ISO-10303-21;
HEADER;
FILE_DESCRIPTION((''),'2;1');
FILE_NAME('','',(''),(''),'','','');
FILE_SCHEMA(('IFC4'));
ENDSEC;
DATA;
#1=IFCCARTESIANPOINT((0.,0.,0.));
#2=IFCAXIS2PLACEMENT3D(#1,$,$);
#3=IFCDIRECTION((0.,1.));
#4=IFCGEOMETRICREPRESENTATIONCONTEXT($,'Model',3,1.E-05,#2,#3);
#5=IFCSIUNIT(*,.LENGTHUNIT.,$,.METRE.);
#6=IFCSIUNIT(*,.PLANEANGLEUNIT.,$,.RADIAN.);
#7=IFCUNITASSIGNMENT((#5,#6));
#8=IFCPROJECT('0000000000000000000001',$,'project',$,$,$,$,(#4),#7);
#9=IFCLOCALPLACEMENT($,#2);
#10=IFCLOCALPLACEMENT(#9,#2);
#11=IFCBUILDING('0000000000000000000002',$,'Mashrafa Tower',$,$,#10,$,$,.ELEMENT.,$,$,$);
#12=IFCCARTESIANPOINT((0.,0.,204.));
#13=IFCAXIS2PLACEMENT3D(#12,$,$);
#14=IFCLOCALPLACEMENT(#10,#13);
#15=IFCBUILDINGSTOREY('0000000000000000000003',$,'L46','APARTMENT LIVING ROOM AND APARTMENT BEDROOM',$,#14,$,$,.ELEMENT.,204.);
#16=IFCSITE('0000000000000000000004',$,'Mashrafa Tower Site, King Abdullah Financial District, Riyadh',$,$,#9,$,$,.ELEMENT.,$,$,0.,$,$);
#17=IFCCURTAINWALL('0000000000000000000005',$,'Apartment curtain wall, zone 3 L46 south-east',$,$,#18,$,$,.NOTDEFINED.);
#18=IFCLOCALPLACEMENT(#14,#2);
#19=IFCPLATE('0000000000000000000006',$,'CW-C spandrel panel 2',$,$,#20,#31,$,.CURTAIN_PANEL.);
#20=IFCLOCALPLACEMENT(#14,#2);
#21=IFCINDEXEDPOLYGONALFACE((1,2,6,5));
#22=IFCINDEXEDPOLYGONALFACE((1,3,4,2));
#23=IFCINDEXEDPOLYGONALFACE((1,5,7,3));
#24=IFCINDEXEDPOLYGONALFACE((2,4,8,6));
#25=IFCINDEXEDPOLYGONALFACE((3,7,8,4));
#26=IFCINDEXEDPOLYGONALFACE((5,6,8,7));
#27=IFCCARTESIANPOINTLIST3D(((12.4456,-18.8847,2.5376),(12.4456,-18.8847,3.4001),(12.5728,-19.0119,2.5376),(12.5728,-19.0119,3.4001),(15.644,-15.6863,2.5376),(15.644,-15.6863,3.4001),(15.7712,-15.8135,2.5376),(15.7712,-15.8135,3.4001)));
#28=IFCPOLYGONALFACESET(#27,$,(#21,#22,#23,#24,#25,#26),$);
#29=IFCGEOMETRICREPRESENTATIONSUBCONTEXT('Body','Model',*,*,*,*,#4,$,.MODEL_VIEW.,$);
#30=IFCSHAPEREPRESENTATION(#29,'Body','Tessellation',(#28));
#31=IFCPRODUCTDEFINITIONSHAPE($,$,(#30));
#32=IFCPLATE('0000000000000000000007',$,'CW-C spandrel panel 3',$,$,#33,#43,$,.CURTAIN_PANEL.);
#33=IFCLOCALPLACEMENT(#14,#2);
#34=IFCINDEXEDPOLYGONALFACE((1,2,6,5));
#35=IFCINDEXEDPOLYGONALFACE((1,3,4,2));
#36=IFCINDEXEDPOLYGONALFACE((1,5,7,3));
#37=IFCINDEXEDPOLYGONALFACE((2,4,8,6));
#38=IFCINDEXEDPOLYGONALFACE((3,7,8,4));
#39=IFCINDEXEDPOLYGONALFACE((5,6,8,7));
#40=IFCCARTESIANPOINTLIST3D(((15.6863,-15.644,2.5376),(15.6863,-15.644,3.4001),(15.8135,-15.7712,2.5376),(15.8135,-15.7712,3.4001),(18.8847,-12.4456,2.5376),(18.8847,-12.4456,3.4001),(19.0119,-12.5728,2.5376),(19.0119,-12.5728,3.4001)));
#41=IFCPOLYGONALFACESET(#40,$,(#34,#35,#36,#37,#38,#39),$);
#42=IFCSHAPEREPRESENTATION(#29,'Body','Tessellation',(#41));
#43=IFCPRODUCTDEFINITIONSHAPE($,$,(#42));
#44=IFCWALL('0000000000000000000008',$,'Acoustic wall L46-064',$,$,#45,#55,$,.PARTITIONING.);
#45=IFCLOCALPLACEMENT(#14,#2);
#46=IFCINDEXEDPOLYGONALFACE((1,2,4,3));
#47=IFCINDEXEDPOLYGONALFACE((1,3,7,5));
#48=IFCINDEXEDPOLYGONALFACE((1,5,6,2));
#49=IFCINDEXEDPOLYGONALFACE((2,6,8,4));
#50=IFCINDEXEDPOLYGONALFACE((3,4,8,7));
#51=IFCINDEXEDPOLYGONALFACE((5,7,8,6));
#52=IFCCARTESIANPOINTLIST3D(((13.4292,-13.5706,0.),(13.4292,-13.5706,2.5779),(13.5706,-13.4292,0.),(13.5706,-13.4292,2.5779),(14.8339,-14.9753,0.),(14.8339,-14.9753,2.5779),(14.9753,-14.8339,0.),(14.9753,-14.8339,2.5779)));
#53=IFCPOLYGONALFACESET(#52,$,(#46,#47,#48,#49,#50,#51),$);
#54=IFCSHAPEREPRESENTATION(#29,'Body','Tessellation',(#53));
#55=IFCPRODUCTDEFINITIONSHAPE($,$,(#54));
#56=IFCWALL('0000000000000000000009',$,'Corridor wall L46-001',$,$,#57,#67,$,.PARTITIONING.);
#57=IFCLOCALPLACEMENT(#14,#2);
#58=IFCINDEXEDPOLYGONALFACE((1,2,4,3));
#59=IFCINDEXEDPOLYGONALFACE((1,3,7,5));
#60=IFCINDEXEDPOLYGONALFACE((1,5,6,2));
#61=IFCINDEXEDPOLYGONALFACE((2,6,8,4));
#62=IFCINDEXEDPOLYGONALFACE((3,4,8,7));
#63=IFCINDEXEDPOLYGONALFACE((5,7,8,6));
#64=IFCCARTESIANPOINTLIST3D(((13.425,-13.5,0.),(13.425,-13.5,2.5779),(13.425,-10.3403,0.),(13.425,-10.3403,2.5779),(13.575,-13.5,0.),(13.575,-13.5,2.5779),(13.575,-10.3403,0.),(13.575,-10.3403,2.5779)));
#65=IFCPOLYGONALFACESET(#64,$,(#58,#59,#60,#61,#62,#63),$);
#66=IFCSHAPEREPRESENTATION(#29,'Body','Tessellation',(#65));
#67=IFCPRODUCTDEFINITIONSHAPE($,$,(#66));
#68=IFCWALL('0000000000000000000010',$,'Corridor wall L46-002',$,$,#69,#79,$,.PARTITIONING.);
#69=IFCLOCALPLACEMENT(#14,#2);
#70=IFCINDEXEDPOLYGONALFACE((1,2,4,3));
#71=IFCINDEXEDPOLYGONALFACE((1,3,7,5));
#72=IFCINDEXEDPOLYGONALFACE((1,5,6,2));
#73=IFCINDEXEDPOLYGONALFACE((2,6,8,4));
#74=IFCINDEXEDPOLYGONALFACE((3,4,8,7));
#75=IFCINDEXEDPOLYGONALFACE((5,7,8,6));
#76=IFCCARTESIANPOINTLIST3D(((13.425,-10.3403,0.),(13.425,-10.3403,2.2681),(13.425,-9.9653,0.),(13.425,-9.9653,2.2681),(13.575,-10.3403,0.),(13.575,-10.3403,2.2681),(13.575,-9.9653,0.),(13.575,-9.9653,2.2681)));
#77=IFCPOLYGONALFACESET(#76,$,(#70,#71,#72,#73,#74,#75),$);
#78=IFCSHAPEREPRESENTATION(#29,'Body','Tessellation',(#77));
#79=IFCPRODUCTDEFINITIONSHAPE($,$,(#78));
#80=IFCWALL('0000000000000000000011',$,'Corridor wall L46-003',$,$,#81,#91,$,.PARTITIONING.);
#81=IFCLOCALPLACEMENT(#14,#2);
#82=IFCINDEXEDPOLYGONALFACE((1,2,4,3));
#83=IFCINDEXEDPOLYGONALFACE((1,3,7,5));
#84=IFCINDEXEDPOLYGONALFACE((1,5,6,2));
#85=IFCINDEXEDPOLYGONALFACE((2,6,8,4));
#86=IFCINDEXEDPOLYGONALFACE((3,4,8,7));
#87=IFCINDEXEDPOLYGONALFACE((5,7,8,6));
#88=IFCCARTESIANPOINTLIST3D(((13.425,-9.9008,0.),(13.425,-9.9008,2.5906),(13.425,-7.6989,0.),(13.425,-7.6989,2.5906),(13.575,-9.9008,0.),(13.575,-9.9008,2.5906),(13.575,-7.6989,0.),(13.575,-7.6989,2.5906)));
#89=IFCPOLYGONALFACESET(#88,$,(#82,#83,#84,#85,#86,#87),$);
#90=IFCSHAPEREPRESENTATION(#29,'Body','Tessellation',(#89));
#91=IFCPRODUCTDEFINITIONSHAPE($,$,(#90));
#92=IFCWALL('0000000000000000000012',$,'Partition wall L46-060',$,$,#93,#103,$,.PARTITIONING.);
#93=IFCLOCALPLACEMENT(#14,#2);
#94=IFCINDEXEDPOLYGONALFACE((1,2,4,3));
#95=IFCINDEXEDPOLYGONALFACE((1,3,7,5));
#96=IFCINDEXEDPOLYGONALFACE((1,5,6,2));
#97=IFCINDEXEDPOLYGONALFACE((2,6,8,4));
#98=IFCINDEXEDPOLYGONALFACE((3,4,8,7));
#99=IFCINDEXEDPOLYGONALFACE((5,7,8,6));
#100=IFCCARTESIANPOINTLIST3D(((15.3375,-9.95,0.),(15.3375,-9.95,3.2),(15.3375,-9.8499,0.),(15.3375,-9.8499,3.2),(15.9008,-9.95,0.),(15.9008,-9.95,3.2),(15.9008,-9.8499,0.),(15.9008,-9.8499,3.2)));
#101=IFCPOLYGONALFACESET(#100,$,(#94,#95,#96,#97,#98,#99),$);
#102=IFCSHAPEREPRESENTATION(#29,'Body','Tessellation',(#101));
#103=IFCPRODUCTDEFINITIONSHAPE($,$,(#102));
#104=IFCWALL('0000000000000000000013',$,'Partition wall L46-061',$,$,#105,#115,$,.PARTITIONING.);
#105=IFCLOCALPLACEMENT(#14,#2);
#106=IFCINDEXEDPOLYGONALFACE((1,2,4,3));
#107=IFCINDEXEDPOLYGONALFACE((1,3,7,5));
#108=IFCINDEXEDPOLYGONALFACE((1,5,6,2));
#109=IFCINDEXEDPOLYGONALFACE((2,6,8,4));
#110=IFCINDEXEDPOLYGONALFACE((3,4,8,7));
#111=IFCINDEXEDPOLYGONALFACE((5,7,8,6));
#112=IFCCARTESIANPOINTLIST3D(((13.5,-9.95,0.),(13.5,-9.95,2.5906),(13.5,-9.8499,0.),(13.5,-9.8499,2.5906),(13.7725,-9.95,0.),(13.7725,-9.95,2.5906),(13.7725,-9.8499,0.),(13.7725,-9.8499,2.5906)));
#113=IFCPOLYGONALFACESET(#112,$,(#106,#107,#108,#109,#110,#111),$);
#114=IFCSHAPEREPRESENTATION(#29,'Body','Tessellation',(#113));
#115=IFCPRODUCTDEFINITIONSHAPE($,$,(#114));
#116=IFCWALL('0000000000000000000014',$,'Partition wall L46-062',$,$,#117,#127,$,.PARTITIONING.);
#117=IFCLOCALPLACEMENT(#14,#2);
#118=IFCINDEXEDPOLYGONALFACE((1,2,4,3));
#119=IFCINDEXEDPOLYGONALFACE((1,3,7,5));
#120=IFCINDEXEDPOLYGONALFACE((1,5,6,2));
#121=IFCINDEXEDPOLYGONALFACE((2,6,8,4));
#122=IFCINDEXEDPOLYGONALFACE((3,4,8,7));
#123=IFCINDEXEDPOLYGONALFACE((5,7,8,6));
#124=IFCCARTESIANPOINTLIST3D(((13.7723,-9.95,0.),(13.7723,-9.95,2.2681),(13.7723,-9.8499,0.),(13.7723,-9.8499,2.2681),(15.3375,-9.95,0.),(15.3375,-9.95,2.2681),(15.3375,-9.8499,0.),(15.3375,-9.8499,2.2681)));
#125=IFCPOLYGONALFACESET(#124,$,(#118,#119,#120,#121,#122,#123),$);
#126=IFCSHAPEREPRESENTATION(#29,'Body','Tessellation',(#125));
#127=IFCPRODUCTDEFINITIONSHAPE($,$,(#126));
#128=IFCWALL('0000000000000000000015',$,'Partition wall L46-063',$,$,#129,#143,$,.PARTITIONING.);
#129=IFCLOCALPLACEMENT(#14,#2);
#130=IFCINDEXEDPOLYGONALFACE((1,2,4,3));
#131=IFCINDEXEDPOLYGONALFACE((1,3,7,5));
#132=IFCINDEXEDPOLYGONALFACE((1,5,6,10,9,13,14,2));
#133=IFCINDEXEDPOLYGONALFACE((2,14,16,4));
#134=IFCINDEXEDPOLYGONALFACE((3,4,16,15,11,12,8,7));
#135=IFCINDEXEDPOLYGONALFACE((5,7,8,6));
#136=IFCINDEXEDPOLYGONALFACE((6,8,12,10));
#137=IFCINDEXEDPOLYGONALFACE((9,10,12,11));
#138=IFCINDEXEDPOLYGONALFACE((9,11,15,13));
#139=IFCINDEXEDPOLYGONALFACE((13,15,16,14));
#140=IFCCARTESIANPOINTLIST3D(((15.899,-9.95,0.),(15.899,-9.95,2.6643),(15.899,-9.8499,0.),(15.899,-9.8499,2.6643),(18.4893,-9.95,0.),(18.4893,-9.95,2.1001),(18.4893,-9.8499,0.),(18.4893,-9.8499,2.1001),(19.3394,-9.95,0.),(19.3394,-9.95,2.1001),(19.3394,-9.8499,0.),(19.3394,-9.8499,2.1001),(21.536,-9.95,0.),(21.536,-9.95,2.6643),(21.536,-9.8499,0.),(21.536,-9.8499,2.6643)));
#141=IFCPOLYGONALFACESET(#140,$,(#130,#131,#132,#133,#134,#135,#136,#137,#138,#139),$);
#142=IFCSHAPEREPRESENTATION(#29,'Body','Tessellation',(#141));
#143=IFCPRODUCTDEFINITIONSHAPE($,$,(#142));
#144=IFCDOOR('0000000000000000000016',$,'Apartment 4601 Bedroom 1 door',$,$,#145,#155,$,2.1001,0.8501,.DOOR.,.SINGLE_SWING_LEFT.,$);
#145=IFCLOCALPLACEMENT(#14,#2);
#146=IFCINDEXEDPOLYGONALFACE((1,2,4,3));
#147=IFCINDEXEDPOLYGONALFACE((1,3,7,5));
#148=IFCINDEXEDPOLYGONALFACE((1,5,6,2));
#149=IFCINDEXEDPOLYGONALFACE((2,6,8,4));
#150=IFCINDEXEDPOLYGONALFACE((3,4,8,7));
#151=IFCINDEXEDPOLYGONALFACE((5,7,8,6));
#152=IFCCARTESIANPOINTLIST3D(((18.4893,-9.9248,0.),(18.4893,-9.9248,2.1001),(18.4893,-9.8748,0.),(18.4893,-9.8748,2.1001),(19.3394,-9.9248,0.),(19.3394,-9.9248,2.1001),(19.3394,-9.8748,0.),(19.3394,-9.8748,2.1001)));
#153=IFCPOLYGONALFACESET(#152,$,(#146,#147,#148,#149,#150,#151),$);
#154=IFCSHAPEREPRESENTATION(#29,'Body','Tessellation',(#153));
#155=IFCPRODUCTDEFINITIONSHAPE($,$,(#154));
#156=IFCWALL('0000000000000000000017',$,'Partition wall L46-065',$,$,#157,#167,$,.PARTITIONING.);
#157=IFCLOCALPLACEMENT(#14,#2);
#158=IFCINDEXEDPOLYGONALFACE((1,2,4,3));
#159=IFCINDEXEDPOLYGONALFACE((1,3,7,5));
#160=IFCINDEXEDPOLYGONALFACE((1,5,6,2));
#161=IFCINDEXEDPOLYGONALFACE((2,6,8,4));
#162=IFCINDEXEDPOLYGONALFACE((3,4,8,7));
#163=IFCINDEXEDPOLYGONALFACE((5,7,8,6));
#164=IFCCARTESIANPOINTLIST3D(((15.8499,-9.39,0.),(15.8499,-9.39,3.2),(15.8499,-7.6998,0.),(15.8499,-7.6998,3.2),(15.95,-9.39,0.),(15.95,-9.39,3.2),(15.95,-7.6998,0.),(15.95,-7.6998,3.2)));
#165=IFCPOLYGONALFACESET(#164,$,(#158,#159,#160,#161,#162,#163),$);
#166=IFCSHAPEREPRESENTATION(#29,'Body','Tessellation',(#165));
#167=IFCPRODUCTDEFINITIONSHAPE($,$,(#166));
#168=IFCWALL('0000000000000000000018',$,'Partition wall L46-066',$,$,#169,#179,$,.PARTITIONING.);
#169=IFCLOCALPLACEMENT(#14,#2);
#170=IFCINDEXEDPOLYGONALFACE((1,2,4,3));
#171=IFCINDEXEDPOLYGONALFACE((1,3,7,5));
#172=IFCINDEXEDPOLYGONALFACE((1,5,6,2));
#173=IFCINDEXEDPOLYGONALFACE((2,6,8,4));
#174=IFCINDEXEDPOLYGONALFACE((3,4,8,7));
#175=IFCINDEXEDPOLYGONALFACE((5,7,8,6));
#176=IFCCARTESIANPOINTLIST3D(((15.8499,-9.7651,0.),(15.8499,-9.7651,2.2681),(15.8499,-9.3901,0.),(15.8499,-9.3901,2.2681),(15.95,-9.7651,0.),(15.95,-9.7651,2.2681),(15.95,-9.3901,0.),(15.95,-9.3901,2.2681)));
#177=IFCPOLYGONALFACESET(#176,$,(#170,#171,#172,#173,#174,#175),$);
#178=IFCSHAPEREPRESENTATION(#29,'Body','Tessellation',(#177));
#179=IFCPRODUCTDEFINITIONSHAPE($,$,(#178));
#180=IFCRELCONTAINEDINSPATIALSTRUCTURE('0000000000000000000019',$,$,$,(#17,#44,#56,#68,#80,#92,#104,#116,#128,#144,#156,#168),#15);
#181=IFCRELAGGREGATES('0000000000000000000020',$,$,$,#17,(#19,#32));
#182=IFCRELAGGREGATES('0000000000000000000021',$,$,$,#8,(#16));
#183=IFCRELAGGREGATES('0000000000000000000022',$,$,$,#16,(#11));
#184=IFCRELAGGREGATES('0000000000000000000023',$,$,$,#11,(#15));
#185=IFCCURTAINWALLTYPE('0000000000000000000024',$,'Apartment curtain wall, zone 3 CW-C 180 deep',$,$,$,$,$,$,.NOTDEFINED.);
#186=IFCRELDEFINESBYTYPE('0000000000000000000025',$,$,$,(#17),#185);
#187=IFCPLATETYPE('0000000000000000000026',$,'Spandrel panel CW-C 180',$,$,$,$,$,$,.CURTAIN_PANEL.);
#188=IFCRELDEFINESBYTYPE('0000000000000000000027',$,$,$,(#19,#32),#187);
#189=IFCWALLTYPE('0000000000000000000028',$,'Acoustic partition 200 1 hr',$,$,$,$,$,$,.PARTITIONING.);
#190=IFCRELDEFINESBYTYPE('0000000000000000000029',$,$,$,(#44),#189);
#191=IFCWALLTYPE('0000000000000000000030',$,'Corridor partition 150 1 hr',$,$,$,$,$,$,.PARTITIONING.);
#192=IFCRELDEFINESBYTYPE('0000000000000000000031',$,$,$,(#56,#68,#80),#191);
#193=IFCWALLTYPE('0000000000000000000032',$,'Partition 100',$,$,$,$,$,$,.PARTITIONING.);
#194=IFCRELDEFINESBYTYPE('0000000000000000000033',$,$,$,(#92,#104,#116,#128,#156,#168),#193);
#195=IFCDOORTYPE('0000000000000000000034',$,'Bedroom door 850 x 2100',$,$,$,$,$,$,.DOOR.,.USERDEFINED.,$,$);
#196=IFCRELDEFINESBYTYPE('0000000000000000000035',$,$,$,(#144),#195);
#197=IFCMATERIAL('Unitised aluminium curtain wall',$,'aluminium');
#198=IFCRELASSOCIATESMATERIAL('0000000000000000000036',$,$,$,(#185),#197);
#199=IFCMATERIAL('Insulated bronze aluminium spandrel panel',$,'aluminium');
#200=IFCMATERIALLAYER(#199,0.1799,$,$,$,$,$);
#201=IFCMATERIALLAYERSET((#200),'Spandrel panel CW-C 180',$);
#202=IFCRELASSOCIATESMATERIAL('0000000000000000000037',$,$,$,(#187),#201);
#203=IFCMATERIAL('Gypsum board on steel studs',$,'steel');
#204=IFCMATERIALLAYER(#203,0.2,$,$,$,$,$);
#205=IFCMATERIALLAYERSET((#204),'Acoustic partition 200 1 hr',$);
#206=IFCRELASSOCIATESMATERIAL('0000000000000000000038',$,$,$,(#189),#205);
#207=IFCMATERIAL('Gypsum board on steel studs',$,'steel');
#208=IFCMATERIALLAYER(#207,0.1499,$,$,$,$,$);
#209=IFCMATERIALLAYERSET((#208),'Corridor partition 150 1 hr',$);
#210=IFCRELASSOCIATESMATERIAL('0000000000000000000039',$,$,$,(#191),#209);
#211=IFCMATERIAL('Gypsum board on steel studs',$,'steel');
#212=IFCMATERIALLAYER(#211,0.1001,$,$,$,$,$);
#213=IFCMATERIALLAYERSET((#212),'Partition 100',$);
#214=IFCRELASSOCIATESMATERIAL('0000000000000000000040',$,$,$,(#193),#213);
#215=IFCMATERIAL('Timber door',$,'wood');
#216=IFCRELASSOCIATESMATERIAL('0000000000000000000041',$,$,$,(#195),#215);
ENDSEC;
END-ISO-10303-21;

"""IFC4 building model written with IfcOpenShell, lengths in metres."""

from ifc_helpers import new_model, si_unit, direction, frame, frame_2d, origin, origin_2d, place, context, subcontext, project, spatial, rectangle, extrude, source, transform, mapped, material, layer, layer_set, type_object, element, fill, aggregate, save


model = new_model("IFC4")

# Units and contexts
model_context = context("Model", 3, precision=1e-05, world=origin(), true_north=direction((0.0, 1.0)))
body_context = subcontext(model_context, "Body", "Model", "MODEL_VIEW")
ifc_project = project(units=[si_unit("LENGTHUNIT", "METRE"), si_unit("PLANEANGLEUNIT", "RADIAN")], contexts=[model_context])

# Site, building, storey
site_placement = place(None, origin())
site = spatial("IfcSite", under=ifc_project, at=site_placement, Name="Mashrafa Tower Site, King Abdullah Financial District, Riyadh", CompositionType="ELEMENT", RefElevation=0.0)
building_placement = place(site_placement, origin())
building = spatial("IfcBuilding", under=site, at=building_placement, Name="Mashrafa Tower", CompositionType="ELEMENT")
storey_placement = place(building_placement, frame((0.0, 0.0, 204.0)))
storey = spatial("IfcBuildingStorey", under=building, at=storey_placement, Name="L46", Description="APARTMENT LIVING ROOM AND APARTMENT BEDROOM", CompositionType="ELEMENT", Elevation=204.0)

# Curtain wall, plates
ifc_material_1 = material(Name="Unitised aluminium curtain wall", Category="aluminium")
curtain_wall_type = type_object("IfcCurtainWallType", Name="Apartment curtain wall, zone 3 CW-C 180 deep", PredefinedType="NOTDEFINED", material=ifc_material_1)
curtain_wall_placement = place(storey_placement, origin())
curtain_wall = element("IfcCurtainWall", 1, at=curtain_wall_placement, inside=storey, type_object=curtain_wall_type, Name="Apartment curtain wall, zone 3 L46 south-east", PredefinedType="NOTDEFINED")
ifc_material_2 = material(Name="Insulated bronze aluminium spandrel panel", Category="aluminium")
ifc_layer_1 = layer(ifc_material_2, 0.1799)
ifc_layer_set_1 = layer_set([ifc_layer_1], Name="Spandrel panel CW-C 180")
plate_type_1 = type_object("IfcPlateType", Name="Spandrel panel CW-C 180", PredefinedType="CURTAIN_PANEL", material=ifc_layer_set_1)
shared_shape_1 = source(origin(), body_context, "Body", "SweptSolid", [
    extrude(rectangle(XDim=4.5232, YDim=0.1799, at=origin_2d()), origin(), (0.0, 0.0, 1.0), 0.8625),
])
plate_1_placement = place(storey_placement, frame((14.1084, -17.3491, 2.5376), z_axis=(0.0, 0.0, 1.0), x_axis=(0.707107, 0.707107, 0.0)))
plate_1 = element("IfcPlate", 2, at=plate_1_placement, type_object=plate_type_1, Name="CW-C spandrel panel 2", PredefinedType="CURTAIN_PANEL", context=body_context, shape_type="MappedRepresentation", body=[
    mapped(shared_shape_1, transform((0.0, 0.0, 0.0))),
])
plate_2_placement = place(storey_placement, frame((17.3491, -14.1084, 2.5376), z_axis=(0.0, 0.0, 1.0), x_axis=(0.707107, 0.707107, 0.0)))
plate_2 = element("IfcPlate", 3, at=plate_2_placement, type_object=plate_type_1, Name="CW-C spandrel panel 3", PredefinedType="CURTAIN_PANEL", context=body_context, shape_type="MappedRepresentation", body=[
    mapped(shared_shape_1, transform((0.0, 0.0, 0.0))),
])
aggregate(curtain_wall, [plate_1, plate_2])

# Walls
ifc_material_3 = material(Name="Gypsum board on steel studs", Category="steel")
ifc_layer_2 = layer(ifc_material_3, 0.2)
ifc_layer_set_2 = layer_set([ifc_layer_2], Name="Acoustic partition 200 1 hr")
wall_type_1 = type_object("IfcWallType", Name="Acoustic partition 200 1 hr", PredefinedType="PARTITIONING", material=ifc_layer_set_2)
wall_1_placement = place(storey_placement, frame((13.5, -13.5, 0.0), z_axis=(0.0, 0.0, 1.0), x_axis=(0.707107, -0.707107, 0.0)))
element("IfcWall", 4, at=wall_1_placement, inside=storey, type_object=wall_type_1, Name="Acoustic wall L46-064", PredefinedType="PARTITIONING", context=body_context, shape_type="SweptSolid", body=[
    extrude(rectangle(XDim=1.9866, YDim=0.2, at=frame_2d((0.9932, 0.0))), origin(), (0.0, 0.0, 1.0), 2.5779),
])
ifc_material_4 = material(Name="Gypsum board on steel studs", Category="steel")
ifc_layer_3 = layer(ifc_material_4, 0.1499)
ifc_layer_set_3 = layer_set([ifc_layer_3], Name="Corridor partition 150 1 hr")
wall_type_2 = type_object("IfcWallType", Name="Corridor partition 150 1 hr", PredefinedType="PARTITIONING", material=ifc_layer_set_3)
wall_2_placement = place(storey_placement, frame((13.5, -13.5, 0.0), z_axis=(0.0, 0.0, 1.0), x_axis=(0.0, 1.0, 0.0)))
element("IfcWall", 5, at=wall_2_placement, inside=storey, type_object=wall_type_2, Name="Corridor wall L46-001", PredefinedType="PARTITIONING", context=body_context, shape_type="SweptSolid", body=[
    extrude(rectangle(XDim=3.1597, YDim=0.1499, at=frame_2d((1.5798, 0.0))), origin(), (0.0, 0.0, 1.0), 2.5779),
])
wall_3_placement = place(storey_placement, frame((13.5, -10.3403, 0.0), z_axis=(0.0, 0.0, 1.0), x_axis=(0.0, 1.0, 0.0)))
element("IfcWall", 6, at=wall_3_placement, inside=storey, type_object=wall_type_2, Name="Corridor wall L46-002", PredefinedType="PARTITIONING", context=body_context, shape_type="SweptSolid", body=[
    extrude(rectangle(XDim=0.375, YDim=0.1499, at=frame_2d((0.1875, 0.0))), origin(), (0.0, 0.0, 1.0), 2.2681),
])
wall_4_placement = place(storey_placement, frame((13.5, -9.9009, 0.0), z_axis=(0.0, 0.0, 1.0), x_axis=(0.0, 1.0, 0.0)))
element("IfcWall", 7, at=wall_4_placement, inside=storey, type_object=wall_type_2, Name="Corridor wall L46-003", PredefinedType="PARTITIONING", context=body_context, shape_type="SweptSolid", body=[
    extrude(rectangle(XDim=2.2019, YDim=0.1499, at=frame_2d((1.1011, 0.0))), origin(), (0.0, 0.0, 1.0), 2.5906),
])
ifc_material_5 = material(Name="Gypsum board on steel studs", Category="steel")
ifc_layer_4 = layer(ifc_material_5, 0.1001)
ifc_layer_set_4 = layer_set([ifc_layer_4], Name="Partition 100")
wall_type_3 = type_object("IfcWallType", Name="Partition 100", PredefinedType="PARTITIONING", material=ifc_layer_set_4)
wall_5_placement = place(storey_placement, frame((15.9009, -9.8999, 0.0), z_axis=(0.0, 0.0, 1.0), x_axis=(-1.0, 0.0, 0.0)))
element("IfcWall", 8, at=wall_5_placement, inside=storey, type_object=wall_type_3, Name="Partition wall L46-060", PredefinedType="PARTITIONING", context=body_context, shape_type="SweptSolid", body=[
    extrude(rectangle(XDim=0.5632, YDim=0.1001, at=frame_2d((0.2817, 0.0))), origin(), (0.0, 0.0, 1.0), 3.2),
])
wall_6_placement = place(storey_placement, frame((13.7725, -9.8999, 0.0), z_axis=(0.0, 0.0, 1.0), x_axis=(-1.0, 0.0, 0.0)))
element("IfcWall", 9, at=wall_6_placement, inside=storey, type_object=wall_type_3, Name="Partition wall L46-061", PredefinedType="PARTITIONING", context=body_context, shape_type="SweptSolid", body=[
    extrude(rectangle(XDim=0.2725, YDim=0.1001, at=frame_2d((0.1362, 0.0))), origin(), (0.0, 0.0, 1.0), 2.5906),
])
wall_7_placement = place(storey_placement, frame((15.3376, -9.8999, 0.0), z_axis=(0.0, 0.0, 1.0), x_axis=(-1.0, 0.0, 0.0)))
element("IfcWall", 10, at=wall_7_placement, inside=storey, type_object=wall_type_3, Name="Partition wall L46-062", PredefinedType="PARTITIONING", context=body_context, shape_type="SweptSolid", body=[
    extrude(rectangle(XDim=1.5652, YDim=0.1001, at=frame_2d((0.7827, 0.0))), origin(), (0.0, 0.0, 1.0), 2.2681),
])

# Wall, opening, door
wall_8_placement = place(storey_placement, frame((21.5359, -9.8999, 0.0), z_axis=(0.0, 0.0, 1.0), x_axis=(-1.0, 0.0, 0.0)))
wall_8 = element("IfcWall", 11, at=wall_8_placement, inside=storey, type_object=wall_type_3, Name="Partition wall L46-063", PredefinedType="PARTITIONING", context=body_context, shape_type="SweptSolid", body=[
    extrude(rectangle(XDim=5.637, YDim=0.1001, at=frame_2d((2.8184, 0.0))), origin(), (0.0, 0.0, 1.0), 2.6643),
])
opening_placement = place(wall_8_placement, frame((2.1965, 0.0, 0.0)))
opening = element("IfcOpeningElement", 12, at=opening_placement, cuts=wall_8, PredefinedType="OPENING", context=body_context, shape_type="SweptSolid", body=[
    extrude(rectangle(XDim=0.8501, YDim=2.1001, at=frame_2d((0.425, 1.05))), frame((0.0, 0.0601, 0.0), z_axis=(0.0, -1.0, 0.0), x_axis=(1.0, 0.0, 0.0)), (0.0, 0.0, 1.0), 0.1201),
])
ifc_material_6 = material(Name="Timber door", Category="wood")
door_type = type_object("IfcDoorType", Name="Bedroom door 850 x 2100", OperationType="USERDEFINED", PredefinedType="DOOR", material=ifc_material_6)
door_placement = place(opening_placement, origin())
door = element("IfcDoor", 13, at=door_placement, inside=storey, type_object=door_type, Name="Apartment 4601 Bedroom 1 door", OperationType="SINGLE_SWING_LEFT", OverallHeight=2.1001, OverallWidth=0.8501, PredefinedType="DOOR", context=body_context, shape_type="SweptSolid", body=[
    extrude(rectangle(XDim=0.8501, YDim=2.1001, at=frame_2d((0.425, 1.05))), frame((0.0, 0.0249, 0.0), z_axis=(0.0, -1.0, 0.0), x_axis=(1.0, 0.0, 0.0)), (0.0, 0.0, 1.0), 0.05),
])
fill(opening, door)

# Walls
wall_9_placement = place(storey_placement, frame((15.8999, -9.3901, 0.0), z_axis=(0.0, 0.0, 1.0), x_axis=(0.0, 1.0, 0.0)))
element("IfcWall", 14, at=wall_9_placement, inside=storey, type_object=wall_type_3, Name="Partition wall L46-065", PredefinedType="PARTITIONING", context=body_context, shape_type="SweptSolid", body=[
    extrude(rectangle(XDim=1.6902, YDim=0.1001, at=frame_2d((0.8452, 0.0))), origin(), (0.0, 0.0, 1.0), 3.2),
])
wall_10_placement = place(storey_placement, frame((15.8999, -9.7651, 0.0), z_axis=(0.0, 0.0, 1.0), x_axis=(0.0, 1.0, 0.0)))
element("IfcWall", 15, at=wall_10_placement, inside=storey, type_object=wall_type_3, Name="Partition wall L46-066", PredefinedType="PARTITIONING", context=body_context, shape_type="SweptSolid", body=[
    extrude(rectangle(XDim=0.375, YDim=0.1001, at=frame_2d((0.1875, 0.0))), origin(), (0.0, 0.0, 1.0), 2.2681),
])

save(model, "model.ifc")
